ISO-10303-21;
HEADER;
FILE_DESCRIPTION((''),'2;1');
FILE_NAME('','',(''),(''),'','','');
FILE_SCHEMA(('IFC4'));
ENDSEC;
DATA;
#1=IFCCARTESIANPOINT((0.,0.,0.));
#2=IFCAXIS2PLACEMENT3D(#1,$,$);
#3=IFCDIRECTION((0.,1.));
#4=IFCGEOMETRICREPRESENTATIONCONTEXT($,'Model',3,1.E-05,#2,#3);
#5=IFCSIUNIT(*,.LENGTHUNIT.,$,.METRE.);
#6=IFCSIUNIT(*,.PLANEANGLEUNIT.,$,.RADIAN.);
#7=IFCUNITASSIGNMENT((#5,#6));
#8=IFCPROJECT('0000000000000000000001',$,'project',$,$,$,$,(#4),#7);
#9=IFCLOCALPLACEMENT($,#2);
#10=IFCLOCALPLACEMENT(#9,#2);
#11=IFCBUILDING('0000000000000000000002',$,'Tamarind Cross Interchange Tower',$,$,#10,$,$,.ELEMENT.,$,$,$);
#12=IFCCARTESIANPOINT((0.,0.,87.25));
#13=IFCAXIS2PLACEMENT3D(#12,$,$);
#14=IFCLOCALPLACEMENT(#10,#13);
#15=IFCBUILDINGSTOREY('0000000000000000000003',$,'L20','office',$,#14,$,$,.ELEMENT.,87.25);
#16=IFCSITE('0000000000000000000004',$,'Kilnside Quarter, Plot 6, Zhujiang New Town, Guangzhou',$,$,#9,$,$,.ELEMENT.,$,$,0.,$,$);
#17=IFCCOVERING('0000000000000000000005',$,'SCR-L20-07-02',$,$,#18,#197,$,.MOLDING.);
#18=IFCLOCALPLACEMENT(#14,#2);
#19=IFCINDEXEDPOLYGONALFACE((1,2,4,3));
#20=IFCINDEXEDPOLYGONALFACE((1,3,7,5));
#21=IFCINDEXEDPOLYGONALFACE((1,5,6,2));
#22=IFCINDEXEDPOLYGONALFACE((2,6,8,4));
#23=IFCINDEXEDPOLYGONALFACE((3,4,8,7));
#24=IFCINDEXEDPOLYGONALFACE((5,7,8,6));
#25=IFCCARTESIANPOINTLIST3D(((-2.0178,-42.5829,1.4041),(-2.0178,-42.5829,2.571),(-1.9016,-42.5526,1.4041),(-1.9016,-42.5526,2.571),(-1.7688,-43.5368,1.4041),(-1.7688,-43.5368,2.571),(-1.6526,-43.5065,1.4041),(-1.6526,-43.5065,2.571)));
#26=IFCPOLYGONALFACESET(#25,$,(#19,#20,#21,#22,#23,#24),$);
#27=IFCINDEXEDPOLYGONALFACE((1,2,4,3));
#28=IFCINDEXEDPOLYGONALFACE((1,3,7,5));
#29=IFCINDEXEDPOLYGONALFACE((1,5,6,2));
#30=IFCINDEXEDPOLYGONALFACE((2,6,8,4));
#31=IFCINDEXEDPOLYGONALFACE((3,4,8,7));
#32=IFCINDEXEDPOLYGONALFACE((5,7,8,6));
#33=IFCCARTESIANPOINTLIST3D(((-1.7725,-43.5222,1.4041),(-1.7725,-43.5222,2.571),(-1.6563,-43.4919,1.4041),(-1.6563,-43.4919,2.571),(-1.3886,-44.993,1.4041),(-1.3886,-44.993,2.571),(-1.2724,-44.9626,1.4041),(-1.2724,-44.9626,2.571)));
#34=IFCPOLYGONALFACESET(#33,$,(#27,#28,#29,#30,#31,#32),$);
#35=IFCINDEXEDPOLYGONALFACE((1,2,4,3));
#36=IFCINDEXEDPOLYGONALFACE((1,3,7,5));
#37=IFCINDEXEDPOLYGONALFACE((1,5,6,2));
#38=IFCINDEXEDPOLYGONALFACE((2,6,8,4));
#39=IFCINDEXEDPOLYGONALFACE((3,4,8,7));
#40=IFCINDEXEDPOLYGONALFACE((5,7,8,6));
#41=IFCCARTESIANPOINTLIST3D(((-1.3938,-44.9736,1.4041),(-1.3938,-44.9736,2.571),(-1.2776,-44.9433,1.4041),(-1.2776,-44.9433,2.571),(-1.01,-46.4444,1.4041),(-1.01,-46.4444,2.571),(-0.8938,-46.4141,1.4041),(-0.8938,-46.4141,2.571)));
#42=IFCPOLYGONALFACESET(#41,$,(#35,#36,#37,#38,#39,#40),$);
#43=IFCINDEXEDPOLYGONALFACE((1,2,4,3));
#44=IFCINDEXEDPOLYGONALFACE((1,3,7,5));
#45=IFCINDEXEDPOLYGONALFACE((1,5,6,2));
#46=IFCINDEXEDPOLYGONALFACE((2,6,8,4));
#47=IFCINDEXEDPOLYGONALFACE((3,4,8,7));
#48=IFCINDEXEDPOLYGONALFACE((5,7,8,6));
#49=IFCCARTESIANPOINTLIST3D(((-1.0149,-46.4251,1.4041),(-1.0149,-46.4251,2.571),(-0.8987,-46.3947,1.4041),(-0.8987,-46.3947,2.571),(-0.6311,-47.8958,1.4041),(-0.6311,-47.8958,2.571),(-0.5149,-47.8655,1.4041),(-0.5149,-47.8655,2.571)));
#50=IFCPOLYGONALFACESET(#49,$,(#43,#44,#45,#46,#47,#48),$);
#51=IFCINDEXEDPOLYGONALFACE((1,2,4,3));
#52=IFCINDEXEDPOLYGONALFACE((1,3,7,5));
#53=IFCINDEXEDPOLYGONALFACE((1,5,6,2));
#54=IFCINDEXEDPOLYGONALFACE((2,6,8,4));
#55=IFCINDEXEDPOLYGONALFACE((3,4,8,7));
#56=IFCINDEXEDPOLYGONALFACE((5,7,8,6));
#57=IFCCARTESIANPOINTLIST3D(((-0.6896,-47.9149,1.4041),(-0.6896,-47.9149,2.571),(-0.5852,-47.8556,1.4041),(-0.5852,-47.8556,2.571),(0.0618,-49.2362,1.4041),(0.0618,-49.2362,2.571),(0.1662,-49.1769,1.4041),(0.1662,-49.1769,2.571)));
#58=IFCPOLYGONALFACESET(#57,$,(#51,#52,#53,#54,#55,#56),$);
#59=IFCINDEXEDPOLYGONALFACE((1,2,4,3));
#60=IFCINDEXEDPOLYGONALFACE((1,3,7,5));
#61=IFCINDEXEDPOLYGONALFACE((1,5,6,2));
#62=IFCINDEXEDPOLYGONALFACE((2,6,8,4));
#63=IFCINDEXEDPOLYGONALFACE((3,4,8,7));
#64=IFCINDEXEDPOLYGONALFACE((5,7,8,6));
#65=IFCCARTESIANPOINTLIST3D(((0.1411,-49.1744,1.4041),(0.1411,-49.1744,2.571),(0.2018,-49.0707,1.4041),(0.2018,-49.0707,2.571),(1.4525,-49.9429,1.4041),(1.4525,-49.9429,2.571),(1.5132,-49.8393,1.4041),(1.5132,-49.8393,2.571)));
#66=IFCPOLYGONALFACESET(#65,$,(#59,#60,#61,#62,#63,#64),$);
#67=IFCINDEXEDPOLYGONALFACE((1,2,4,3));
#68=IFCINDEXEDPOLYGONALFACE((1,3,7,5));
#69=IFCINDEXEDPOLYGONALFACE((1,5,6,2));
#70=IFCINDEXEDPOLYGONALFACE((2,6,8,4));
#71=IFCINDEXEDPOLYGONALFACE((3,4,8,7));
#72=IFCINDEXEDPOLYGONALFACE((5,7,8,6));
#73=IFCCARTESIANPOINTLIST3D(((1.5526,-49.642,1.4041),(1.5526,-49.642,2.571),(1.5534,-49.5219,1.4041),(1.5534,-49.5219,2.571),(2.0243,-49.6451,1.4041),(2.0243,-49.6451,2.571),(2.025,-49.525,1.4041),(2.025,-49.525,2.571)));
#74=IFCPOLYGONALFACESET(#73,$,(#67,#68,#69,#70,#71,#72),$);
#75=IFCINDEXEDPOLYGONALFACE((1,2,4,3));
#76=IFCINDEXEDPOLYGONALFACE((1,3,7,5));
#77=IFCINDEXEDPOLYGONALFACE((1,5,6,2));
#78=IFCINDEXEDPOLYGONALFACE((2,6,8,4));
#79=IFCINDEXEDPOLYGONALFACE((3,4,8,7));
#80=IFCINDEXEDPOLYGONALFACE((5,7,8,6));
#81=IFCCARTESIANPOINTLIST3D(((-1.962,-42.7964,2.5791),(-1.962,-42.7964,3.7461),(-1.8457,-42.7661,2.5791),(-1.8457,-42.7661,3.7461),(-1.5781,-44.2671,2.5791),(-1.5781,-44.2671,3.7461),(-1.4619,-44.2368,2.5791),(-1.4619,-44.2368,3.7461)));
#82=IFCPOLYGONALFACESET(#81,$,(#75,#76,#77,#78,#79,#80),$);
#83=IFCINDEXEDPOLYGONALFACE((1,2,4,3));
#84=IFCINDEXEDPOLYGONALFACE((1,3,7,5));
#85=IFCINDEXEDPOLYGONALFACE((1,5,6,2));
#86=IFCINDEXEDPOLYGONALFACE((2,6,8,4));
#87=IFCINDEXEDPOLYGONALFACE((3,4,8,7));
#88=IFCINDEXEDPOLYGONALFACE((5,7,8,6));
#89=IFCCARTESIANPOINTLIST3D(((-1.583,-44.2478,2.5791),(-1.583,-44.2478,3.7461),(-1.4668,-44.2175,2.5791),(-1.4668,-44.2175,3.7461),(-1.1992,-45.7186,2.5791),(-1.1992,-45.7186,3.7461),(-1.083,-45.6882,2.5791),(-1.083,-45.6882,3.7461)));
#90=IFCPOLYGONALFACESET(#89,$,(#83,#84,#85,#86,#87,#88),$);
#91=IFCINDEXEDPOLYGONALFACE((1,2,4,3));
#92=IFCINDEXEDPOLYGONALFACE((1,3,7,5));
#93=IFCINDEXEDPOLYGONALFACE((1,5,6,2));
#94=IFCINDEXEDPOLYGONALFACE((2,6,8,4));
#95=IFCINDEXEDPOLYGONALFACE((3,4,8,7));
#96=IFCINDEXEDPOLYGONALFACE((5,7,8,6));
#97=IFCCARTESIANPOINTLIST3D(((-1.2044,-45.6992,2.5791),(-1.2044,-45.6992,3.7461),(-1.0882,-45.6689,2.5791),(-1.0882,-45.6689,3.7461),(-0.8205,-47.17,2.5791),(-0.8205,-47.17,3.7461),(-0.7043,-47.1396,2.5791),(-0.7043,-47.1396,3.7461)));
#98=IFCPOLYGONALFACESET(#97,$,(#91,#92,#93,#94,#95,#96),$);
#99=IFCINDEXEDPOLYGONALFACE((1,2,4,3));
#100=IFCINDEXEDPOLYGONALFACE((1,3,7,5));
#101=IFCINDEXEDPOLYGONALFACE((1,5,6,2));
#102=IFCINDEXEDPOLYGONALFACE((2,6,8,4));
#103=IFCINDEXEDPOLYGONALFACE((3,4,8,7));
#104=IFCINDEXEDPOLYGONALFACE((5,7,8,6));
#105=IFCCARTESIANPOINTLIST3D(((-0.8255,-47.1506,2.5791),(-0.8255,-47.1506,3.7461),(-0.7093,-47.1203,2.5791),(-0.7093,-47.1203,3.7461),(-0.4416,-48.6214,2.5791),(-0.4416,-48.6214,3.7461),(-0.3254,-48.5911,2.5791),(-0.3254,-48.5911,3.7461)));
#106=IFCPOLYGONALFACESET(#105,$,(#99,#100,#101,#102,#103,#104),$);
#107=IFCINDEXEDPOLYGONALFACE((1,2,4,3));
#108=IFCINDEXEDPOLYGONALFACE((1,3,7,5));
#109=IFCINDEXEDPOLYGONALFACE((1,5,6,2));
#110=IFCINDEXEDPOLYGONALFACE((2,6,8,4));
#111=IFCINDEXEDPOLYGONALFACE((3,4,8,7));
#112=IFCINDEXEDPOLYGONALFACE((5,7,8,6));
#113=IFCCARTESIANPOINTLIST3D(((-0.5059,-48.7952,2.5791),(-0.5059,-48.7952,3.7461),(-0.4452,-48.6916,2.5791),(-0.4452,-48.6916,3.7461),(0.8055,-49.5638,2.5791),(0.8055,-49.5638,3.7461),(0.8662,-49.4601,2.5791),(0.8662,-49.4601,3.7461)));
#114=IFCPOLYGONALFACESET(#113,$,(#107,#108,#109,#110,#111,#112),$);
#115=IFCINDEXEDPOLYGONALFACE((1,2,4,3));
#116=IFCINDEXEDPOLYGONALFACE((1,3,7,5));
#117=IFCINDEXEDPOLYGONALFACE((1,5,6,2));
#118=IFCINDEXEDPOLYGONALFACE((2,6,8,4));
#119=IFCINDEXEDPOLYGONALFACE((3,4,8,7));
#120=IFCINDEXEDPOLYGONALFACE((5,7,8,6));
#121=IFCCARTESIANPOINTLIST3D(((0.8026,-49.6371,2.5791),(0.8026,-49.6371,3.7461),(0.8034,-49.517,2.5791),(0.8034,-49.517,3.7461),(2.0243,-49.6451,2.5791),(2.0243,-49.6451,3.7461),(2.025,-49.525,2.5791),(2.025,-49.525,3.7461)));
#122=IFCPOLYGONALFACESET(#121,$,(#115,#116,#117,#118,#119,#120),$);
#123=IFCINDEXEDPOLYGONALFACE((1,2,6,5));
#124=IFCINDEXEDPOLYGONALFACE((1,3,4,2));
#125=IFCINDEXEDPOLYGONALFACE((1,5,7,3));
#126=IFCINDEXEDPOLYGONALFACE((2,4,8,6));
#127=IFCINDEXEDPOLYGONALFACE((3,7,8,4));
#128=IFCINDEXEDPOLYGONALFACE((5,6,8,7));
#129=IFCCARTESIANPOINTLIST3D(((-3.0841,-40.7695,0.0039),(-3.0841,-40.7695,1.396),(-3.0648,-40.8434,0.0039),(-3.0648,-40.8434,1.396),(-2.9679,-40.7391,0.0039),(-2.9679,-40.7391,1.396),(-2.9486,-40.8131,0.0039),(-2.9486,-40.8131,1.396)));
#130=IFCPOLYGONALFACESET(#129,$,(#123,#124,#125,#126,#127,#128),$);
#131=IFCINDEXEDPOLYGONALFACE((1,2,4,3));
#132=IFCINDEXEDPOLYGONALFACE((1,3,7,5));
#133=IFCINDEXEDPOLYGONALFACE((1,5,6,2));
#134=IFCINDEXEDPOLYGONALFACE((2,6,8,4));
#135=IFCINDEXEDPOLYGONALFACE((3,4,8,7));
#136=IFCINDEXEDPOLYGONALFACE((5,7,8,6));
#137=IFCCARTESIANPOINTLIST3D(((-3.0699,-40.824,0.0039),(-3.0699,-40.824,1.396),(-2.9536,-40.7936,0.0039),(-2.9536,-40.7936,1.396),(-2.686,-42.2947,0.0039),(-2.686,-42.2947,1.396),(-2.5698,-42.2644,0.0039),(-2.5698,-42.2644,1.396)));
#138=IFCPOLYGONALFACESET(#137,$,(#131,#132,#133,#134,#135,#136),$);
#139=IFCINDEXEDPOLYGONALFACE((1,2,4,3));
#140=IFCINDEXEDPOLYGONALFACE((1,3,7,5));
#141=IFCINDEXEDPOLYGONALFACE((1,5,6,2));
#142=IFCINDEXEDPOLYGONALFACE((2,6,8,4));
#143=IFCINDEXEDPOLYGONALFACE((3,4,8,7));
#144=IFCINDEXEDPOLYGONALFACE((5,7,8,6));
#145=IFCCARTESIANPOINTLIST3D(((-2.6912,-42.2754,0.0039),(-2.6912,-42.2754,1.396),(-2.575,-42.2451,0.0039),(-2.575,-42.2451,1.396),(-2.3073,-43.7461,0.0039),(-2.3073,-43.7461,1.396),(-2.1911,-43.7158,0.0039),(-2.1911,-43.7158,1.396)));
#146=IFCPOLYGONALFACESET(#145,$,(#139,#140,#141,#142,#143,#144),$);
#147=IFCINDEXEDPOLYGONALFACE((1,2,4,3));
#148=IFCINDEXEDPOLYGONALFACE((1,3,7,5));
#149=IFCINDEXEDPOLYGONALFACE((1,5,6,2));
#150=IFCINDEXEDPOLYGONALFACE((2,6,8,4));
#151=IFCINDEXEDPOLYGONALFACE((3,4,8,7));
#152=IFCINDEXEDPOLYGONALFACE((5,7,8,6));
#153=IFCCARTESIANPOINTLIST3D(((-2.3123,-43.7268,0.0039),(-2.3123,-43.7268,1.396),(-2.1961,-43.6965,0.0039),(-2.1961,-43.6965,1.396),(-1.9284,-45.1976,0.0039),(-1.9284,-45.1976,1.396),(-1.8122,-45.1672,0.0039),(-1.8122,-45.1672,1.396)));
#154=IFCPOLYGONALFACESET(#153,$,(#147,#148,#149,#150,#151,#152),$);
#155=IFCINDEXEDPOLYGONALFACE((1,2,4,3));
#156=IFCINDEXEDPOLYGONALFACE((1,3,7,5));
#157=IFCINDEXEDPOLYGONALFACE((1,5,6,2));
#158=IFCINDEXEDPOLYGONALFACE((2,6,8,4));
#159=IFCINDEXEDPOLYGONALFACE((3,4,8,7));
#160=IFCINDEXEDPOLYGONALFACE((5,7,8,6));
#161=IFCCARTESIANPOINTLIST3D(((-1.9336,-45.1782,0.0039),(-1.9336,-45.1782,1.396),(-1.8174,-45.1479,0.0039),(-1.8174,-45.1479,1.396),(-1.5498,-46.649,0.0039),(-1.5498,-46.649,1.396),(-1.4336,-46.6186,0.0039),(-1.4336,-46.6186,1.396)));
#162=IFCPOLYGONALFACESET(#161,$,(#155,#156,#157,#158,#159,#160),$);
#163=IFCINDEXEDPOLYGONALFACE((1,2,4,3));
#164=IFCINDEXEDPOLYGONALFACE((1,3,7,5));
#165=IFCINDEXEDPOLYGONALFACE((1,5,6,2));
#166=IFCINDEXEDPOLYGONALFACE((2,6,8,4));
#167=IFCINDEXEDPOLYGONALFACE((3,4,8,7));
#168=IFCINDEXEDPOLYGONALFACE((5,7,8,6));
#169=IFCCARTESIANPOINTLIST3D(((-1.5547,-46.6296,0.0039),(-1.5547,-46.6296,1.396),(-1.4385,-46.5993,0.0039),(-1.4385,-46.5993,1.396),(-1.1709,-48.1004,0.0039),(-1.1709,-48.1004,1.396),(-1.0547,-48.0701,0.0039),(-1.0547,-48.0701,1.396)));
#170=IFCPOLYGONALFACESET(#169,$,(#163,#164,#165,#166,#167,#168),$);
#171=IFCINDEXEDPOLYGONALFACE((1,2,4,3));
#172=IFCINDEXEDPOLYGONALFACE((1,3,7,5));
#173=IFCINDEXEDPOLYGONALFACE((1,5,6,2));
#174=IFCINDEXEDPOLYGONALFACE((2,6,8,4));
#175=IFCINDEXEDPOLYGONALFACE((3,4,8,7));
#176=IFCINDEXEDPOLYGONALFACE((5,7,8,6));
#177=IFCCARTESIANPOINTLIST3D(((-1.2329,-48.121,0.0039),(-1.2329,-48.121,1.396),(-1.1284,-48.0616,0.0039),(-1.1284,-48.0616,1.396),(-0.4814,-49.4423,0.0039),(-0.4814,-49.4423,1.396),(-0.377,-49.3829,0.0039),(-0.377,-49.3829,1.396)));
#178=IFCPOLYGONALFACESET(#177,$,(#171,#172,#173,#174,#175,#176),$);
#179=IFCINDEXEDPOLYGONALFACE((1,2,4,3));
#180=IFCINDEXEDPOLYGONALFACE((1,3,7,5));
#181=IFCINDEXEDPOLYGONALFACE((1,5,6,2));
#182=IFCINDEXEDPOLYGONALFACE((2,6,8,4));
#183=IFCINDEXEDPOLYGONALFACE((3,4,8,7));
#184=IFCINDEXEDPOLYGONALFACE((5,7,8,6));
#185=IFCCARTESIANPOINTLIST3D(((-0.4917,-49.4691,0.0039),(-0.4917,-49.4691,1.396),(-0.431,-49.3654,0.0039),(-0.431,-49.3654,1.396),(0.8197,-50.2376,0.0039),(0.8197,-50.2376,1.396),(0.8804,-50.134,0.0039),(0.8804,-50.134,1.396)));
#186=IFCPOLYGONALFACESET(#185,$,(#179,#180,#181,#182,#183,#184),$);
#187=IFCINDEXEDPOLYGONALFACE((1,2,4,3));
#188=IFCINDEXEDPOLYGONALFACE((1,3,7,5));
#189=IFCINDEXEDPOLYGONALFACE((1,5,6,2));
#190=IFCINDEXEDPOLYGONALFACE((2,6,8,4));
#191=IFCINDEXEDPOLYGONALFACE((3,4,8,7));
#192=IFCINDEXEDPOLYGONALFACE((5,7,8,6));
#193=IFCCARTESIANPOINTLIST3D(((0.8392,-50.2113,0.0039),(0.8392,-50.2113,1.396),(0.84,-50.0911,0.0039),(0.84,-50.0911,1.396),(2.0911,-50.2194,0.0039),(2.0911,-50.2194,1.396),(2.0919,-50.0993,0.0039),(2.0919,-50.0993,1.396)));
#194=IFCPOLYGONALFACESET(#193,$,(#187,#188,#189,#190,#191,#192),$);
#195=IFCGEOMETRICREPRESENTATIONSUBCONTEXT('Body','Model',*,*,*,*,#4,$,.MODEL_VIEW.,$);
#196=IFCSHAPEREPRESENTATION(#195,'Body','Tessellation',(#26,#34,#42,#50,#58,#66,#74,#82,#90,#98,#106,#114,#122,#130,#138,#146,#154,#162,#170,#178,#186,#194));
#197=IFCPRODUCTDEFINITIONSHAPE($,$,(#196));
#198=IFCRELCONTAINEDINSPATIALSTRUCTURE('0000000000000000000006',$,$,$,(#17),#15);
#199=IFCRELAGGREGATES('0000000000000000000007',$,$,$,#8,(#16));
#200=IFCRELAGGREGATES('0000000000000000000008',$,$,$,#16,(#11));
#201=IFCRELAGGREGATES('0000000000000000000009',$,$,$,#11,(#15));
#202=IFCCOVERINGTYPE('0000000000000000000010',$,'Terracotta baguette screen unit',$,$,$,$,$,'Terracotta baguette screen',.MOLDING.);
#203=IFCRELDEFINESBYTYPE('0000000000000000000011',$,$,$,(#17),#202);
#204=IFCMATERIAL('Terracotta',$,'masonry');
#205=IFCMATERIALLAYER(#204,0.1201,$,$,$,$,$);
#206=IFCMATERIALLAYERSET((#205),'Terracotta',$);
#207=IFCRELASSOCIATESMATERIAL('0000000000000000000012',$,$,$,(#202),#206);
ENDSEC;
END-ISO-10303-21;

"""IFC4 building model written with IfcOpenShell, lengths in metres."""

from ifc_helpers import new_model, si_unit, direction, frame, origin, origin_2d, place, context, subcontext, project, spatial, rectangle, extrude, material, layer, layer_set, type_object, element, save


model = new_model("IFC4")

# Units and contexts
model_context = context("Model", 3, precision=1e-05, world=origin(), true_north=direction((0.0, 1.0)))
body_context = subcontext(model_context, "Body", "Model", "MODEL_VIEW")
ifc_project = project(units=[si_unit("LENGTHUNIT", "METRE"), si_unit("PLANEANGLEUNIT", "RADIAN")], contexts=[model_context])

# Site, building, storey
site_placement = place(None, origin())
site = spatial("IfcSite", under=ifc_project, at=site_placement, Name="Kilnside Quarter, Plot 6, Zhujiang New Town, Guangzhou", CompositionType="ELEMENT", RefElevation=0.0)
building_placement = place(site_placement, origin())
building = spatial("IfcBuilding", under=site, at=building_placement, Name="Tamarind Cross Interchange Tower", CompositionType="ELEMENT")
storey_placement = place(building_placement, frame((0.0, 0.0, 87.25)))
storey = spatial("IfcBuildingStorey", under=building, at=storey_placement, Name="L20", Description="office", CompositionType="ELEMENT", Elevation=87.25)

# Covering
ifc_material_1 = material(Name="Terracotta", Category="masonry")
ifc_layer_1 = layer(ifc_material_1, 0.1201)
ifc_layer_set_1 = layer_set([ifc_layer_1], Name="Terracotta")
covering_type = type_object("IfcCoveringType", Name="Terracotta baguette screen unit", ElementType="Terracotta baguette screen", PredefinedType="MOLDING", material=ifc_layer_set_1)
covering_1_placement = place(storey_placement, origin())
element("IfcCovering", 1, at=covering_1_placement, inside=storey, type_object=covering_type, Name="SCR-L20-07-02", PredefinedType="MOLDING", context=body_context, shape_type="SweptSolid", body=[
    extrude(rectangle(XDim=0.9858, YDim=0.1201, at=origin_2d()), frame((-1.8352, -43.0447, 1.4041), z_axis=(0.0, 0.0, 1.0), x_axis=(0.252529, -0.967589, 0.0)), (0.0, 0.0, 1.0), 1.167),
    extrude(rectangle(XDim=1.52, YDim=0.1201, at=origin_2d()), frame((-1.5225, -44.2424, 1.4041), z_axis=(0.0, 0.0, 1.0), x_axis=(0.252529, -0.967589, 0.0)), (0.0, 0.0, 1.0), 1.167),
    extrude(rectangle(XDim=1.52, YDim=0.1201, at=origin_2d()), frame((-1.1438, -45.6938, 1.4041), z_axis=(0.0, 0.0, 1.0), x_axis=(0.252529, -0.967589, 0.0)), (0.0, 0.0, 1.0), 1.167),
    extrude(rectangle(XDim=1.52, YDim=0.1201, at=origin_2d()), frame((-0.7649, -47.1453, 1.4041), z_axis=(0.0, 0.0, 1.0), x_axis=(0.252529, -0.967589, 0.0)), (0.0, 0.0, 1.0), 1.167),
    extrude(rectangle(XDim=1.52, YDim=0.1201, at=origin_2d()), frame((-0.2617, -48.5459, 1.4041), z_axis=(0.0, 0.0, 1.0), x_axis=(0.494355, -0.86926, 0.0)), (0.0, 0.0, 1.0), 1.167),
    extrude(rectangle(XDim=1.52, YDim=0.1201, at=origin_2d()), frame((0.8271, -49.5068, 1.4041), z_axis=(0.0, 0.0, 1.0), x_axis=(0.862754, -0.505624, 0.0)), (0.0, 0.0, 1.0), 1.167),
    extrude(rectangle(XDim=0.4717, YDim=0.1201, at=origin_2d()), frame((1.7888, -49.5835, 1.4041), z_axis=(0.0, 0.0, 1.0), x_axis=(0.999979, -0.006507, 0.0)), (0.0, 0.0, 1.0), 1.167),
    extrude(rectangle(XDim=1.52, YDim=0.1201, at=origin_2d()), frame((-1.7119, -43.5166, 2.5791), z_axis=(0.0, 0.0, 1.0), x_axis=(0.252529, -0.967589, 0.0)), (0.0, 0.0, 1.0), 1.167),
    extrude(rectangle(XDim=1.52, YDim=0.1201, at=origin_2d()), frame((-1.333, -44.968, 2.5791), z_axis=(0.0, 0.0, 1.0), x_axis=(0.252529, -0.967589, 0.0)), (0.0, 0.0, 1.0), 1.167),
    extrude(rectangle(XDim=1.52, YDim=0.1201, at=origin_2d()), frame((-0.9543, -46.4194, 2.5791), z_axis=(0.0, 0.0, 1.0), x_axis=(0.252529, -0.967589, 0.0)), (0.0, 0.0, 1.0), 1.167),
    extrude(rectangle(XDim=1.52, YDim=0.1201, at=origin_2d()), frame((-0.5754, -47.8708, 2.5791), z_axis=(0.0, 0.0, 1.0), x_axis=(0.252529, -0.967589, 0.0)), (0.0, 0.0, 1.0), 1.167),
    extrude(rectangle(XDim=1.52, YDim=0.1201, at=origin_2d()), frame((0.1802, -49.1277, 2.5791), z_axis=(0.0, 0.0, 1.0), x_axis=(0.862754, -0.505624, 0.0)), (0.0, 0.0, 1.0), 1.167),
    extrude(rectangle(XDim=1.2217, YDim=0.1201, at=origin_2d()), frame((1.4138, -49.5811, 2.5791), z_axis=(0.0, 0.0, 1.0), x_axis=(0.999979, -0.006507, 0.0)), (0.0, 0.0, 1.0), 1.167),
    extrude(rectangle(XDim=0.0764, YDim=0.1201, at=origin_2d()), frame((-3.0164, -40.7913, 0.0039), z_axis=(0.0, 0.0, 1.0), x_axis=(0.252529, -0.967589, 0.0)), (0.0, 0.0, 1.0), 1.3921),
    extrude(rectangle(XDim=1.52, YDim=0.1201, at=origin_2d()), frame((-2.8198, -41.5442, 0.0039), z_axis=(0.0, 0.0, 1.0), x_axis=(0.252529, -0.967589, 0.0)), (0.0, 0.0, 1.0), 1.3921),
    extrude(rectangle(XDim=1.52, YDim=0.1201, at=origin_2d()), frame((-2.4412, -42.9956, 0.0039), z_axis=(0.0, 0.0, 1.0), x_axis=(0.252529, -0.967589, 0.0)), (0.0, 0.0, 1.0), 1.3921),
    extrude(rectangle(XDim=1.52, YDim=0.1201, at=origin_2d()), frame((-2.0623, -44.447, 0.0039), z_axis=(0.0, 0.0, 1.0), x_axis=(0.252529, -0.967589, 0.0)), (0.0, 0.0, 1.0), 1.3921),
    extrude(rectangle(XDim=1.52, YDim=0.1201, at=origin_2d()), frame((-1.6836, -45.8984, 0.0039), z_axis=(0.0, 0.0, 1.0), x_axis=(0.252529, -0.967589, 0.0)), (0.0, 0.0, 1.0), 1.3921),
    extrude(rectangle(XDim=1.52, YDim=0.1201, at=origin_2d()), frame((-1.3047, -47.3499, 0.0039), z_axis=(0.0, 0.0, 1.0), x_axis=(0.252529, -0.967589, 0.0)), (0.0, 0.0, 1.0), 1.3921),
    extrude(rectangle(XDim=1.52, YDim=0.1201, at=origin_2d()), frame((-0.8049, -48.752, 0.0039), z_axis=(0.0, 0.0, 1.0), x_axis=(0.494355, -0.86926, 0.0)), (0.0, 0.0, 1.0), 1.3921),
    extrude(rectangle(XDim=1.52, YDim=0.1201, at=origin_2d()), frame((0.1943, -49.8015, 0.0039), z_axis=(0.0, 0.0, 1.0), x_axis=(0.862754, -0.505624, 0.0)), (0.0, 0.0, 1.0), 1.3921),
    extrude(rectangle(XDim=1.252, YDim=0.1201, at=origin_2d()), frame((1.4656, -50.1553, 0.0039), z_axis=(0.0, 0.0, 1.0), x_axis=(0.999979, -0.006507, 0.0)), (0.0, 0.0, 1.0), 1.3921),
])

save(model, "model.ifc")
